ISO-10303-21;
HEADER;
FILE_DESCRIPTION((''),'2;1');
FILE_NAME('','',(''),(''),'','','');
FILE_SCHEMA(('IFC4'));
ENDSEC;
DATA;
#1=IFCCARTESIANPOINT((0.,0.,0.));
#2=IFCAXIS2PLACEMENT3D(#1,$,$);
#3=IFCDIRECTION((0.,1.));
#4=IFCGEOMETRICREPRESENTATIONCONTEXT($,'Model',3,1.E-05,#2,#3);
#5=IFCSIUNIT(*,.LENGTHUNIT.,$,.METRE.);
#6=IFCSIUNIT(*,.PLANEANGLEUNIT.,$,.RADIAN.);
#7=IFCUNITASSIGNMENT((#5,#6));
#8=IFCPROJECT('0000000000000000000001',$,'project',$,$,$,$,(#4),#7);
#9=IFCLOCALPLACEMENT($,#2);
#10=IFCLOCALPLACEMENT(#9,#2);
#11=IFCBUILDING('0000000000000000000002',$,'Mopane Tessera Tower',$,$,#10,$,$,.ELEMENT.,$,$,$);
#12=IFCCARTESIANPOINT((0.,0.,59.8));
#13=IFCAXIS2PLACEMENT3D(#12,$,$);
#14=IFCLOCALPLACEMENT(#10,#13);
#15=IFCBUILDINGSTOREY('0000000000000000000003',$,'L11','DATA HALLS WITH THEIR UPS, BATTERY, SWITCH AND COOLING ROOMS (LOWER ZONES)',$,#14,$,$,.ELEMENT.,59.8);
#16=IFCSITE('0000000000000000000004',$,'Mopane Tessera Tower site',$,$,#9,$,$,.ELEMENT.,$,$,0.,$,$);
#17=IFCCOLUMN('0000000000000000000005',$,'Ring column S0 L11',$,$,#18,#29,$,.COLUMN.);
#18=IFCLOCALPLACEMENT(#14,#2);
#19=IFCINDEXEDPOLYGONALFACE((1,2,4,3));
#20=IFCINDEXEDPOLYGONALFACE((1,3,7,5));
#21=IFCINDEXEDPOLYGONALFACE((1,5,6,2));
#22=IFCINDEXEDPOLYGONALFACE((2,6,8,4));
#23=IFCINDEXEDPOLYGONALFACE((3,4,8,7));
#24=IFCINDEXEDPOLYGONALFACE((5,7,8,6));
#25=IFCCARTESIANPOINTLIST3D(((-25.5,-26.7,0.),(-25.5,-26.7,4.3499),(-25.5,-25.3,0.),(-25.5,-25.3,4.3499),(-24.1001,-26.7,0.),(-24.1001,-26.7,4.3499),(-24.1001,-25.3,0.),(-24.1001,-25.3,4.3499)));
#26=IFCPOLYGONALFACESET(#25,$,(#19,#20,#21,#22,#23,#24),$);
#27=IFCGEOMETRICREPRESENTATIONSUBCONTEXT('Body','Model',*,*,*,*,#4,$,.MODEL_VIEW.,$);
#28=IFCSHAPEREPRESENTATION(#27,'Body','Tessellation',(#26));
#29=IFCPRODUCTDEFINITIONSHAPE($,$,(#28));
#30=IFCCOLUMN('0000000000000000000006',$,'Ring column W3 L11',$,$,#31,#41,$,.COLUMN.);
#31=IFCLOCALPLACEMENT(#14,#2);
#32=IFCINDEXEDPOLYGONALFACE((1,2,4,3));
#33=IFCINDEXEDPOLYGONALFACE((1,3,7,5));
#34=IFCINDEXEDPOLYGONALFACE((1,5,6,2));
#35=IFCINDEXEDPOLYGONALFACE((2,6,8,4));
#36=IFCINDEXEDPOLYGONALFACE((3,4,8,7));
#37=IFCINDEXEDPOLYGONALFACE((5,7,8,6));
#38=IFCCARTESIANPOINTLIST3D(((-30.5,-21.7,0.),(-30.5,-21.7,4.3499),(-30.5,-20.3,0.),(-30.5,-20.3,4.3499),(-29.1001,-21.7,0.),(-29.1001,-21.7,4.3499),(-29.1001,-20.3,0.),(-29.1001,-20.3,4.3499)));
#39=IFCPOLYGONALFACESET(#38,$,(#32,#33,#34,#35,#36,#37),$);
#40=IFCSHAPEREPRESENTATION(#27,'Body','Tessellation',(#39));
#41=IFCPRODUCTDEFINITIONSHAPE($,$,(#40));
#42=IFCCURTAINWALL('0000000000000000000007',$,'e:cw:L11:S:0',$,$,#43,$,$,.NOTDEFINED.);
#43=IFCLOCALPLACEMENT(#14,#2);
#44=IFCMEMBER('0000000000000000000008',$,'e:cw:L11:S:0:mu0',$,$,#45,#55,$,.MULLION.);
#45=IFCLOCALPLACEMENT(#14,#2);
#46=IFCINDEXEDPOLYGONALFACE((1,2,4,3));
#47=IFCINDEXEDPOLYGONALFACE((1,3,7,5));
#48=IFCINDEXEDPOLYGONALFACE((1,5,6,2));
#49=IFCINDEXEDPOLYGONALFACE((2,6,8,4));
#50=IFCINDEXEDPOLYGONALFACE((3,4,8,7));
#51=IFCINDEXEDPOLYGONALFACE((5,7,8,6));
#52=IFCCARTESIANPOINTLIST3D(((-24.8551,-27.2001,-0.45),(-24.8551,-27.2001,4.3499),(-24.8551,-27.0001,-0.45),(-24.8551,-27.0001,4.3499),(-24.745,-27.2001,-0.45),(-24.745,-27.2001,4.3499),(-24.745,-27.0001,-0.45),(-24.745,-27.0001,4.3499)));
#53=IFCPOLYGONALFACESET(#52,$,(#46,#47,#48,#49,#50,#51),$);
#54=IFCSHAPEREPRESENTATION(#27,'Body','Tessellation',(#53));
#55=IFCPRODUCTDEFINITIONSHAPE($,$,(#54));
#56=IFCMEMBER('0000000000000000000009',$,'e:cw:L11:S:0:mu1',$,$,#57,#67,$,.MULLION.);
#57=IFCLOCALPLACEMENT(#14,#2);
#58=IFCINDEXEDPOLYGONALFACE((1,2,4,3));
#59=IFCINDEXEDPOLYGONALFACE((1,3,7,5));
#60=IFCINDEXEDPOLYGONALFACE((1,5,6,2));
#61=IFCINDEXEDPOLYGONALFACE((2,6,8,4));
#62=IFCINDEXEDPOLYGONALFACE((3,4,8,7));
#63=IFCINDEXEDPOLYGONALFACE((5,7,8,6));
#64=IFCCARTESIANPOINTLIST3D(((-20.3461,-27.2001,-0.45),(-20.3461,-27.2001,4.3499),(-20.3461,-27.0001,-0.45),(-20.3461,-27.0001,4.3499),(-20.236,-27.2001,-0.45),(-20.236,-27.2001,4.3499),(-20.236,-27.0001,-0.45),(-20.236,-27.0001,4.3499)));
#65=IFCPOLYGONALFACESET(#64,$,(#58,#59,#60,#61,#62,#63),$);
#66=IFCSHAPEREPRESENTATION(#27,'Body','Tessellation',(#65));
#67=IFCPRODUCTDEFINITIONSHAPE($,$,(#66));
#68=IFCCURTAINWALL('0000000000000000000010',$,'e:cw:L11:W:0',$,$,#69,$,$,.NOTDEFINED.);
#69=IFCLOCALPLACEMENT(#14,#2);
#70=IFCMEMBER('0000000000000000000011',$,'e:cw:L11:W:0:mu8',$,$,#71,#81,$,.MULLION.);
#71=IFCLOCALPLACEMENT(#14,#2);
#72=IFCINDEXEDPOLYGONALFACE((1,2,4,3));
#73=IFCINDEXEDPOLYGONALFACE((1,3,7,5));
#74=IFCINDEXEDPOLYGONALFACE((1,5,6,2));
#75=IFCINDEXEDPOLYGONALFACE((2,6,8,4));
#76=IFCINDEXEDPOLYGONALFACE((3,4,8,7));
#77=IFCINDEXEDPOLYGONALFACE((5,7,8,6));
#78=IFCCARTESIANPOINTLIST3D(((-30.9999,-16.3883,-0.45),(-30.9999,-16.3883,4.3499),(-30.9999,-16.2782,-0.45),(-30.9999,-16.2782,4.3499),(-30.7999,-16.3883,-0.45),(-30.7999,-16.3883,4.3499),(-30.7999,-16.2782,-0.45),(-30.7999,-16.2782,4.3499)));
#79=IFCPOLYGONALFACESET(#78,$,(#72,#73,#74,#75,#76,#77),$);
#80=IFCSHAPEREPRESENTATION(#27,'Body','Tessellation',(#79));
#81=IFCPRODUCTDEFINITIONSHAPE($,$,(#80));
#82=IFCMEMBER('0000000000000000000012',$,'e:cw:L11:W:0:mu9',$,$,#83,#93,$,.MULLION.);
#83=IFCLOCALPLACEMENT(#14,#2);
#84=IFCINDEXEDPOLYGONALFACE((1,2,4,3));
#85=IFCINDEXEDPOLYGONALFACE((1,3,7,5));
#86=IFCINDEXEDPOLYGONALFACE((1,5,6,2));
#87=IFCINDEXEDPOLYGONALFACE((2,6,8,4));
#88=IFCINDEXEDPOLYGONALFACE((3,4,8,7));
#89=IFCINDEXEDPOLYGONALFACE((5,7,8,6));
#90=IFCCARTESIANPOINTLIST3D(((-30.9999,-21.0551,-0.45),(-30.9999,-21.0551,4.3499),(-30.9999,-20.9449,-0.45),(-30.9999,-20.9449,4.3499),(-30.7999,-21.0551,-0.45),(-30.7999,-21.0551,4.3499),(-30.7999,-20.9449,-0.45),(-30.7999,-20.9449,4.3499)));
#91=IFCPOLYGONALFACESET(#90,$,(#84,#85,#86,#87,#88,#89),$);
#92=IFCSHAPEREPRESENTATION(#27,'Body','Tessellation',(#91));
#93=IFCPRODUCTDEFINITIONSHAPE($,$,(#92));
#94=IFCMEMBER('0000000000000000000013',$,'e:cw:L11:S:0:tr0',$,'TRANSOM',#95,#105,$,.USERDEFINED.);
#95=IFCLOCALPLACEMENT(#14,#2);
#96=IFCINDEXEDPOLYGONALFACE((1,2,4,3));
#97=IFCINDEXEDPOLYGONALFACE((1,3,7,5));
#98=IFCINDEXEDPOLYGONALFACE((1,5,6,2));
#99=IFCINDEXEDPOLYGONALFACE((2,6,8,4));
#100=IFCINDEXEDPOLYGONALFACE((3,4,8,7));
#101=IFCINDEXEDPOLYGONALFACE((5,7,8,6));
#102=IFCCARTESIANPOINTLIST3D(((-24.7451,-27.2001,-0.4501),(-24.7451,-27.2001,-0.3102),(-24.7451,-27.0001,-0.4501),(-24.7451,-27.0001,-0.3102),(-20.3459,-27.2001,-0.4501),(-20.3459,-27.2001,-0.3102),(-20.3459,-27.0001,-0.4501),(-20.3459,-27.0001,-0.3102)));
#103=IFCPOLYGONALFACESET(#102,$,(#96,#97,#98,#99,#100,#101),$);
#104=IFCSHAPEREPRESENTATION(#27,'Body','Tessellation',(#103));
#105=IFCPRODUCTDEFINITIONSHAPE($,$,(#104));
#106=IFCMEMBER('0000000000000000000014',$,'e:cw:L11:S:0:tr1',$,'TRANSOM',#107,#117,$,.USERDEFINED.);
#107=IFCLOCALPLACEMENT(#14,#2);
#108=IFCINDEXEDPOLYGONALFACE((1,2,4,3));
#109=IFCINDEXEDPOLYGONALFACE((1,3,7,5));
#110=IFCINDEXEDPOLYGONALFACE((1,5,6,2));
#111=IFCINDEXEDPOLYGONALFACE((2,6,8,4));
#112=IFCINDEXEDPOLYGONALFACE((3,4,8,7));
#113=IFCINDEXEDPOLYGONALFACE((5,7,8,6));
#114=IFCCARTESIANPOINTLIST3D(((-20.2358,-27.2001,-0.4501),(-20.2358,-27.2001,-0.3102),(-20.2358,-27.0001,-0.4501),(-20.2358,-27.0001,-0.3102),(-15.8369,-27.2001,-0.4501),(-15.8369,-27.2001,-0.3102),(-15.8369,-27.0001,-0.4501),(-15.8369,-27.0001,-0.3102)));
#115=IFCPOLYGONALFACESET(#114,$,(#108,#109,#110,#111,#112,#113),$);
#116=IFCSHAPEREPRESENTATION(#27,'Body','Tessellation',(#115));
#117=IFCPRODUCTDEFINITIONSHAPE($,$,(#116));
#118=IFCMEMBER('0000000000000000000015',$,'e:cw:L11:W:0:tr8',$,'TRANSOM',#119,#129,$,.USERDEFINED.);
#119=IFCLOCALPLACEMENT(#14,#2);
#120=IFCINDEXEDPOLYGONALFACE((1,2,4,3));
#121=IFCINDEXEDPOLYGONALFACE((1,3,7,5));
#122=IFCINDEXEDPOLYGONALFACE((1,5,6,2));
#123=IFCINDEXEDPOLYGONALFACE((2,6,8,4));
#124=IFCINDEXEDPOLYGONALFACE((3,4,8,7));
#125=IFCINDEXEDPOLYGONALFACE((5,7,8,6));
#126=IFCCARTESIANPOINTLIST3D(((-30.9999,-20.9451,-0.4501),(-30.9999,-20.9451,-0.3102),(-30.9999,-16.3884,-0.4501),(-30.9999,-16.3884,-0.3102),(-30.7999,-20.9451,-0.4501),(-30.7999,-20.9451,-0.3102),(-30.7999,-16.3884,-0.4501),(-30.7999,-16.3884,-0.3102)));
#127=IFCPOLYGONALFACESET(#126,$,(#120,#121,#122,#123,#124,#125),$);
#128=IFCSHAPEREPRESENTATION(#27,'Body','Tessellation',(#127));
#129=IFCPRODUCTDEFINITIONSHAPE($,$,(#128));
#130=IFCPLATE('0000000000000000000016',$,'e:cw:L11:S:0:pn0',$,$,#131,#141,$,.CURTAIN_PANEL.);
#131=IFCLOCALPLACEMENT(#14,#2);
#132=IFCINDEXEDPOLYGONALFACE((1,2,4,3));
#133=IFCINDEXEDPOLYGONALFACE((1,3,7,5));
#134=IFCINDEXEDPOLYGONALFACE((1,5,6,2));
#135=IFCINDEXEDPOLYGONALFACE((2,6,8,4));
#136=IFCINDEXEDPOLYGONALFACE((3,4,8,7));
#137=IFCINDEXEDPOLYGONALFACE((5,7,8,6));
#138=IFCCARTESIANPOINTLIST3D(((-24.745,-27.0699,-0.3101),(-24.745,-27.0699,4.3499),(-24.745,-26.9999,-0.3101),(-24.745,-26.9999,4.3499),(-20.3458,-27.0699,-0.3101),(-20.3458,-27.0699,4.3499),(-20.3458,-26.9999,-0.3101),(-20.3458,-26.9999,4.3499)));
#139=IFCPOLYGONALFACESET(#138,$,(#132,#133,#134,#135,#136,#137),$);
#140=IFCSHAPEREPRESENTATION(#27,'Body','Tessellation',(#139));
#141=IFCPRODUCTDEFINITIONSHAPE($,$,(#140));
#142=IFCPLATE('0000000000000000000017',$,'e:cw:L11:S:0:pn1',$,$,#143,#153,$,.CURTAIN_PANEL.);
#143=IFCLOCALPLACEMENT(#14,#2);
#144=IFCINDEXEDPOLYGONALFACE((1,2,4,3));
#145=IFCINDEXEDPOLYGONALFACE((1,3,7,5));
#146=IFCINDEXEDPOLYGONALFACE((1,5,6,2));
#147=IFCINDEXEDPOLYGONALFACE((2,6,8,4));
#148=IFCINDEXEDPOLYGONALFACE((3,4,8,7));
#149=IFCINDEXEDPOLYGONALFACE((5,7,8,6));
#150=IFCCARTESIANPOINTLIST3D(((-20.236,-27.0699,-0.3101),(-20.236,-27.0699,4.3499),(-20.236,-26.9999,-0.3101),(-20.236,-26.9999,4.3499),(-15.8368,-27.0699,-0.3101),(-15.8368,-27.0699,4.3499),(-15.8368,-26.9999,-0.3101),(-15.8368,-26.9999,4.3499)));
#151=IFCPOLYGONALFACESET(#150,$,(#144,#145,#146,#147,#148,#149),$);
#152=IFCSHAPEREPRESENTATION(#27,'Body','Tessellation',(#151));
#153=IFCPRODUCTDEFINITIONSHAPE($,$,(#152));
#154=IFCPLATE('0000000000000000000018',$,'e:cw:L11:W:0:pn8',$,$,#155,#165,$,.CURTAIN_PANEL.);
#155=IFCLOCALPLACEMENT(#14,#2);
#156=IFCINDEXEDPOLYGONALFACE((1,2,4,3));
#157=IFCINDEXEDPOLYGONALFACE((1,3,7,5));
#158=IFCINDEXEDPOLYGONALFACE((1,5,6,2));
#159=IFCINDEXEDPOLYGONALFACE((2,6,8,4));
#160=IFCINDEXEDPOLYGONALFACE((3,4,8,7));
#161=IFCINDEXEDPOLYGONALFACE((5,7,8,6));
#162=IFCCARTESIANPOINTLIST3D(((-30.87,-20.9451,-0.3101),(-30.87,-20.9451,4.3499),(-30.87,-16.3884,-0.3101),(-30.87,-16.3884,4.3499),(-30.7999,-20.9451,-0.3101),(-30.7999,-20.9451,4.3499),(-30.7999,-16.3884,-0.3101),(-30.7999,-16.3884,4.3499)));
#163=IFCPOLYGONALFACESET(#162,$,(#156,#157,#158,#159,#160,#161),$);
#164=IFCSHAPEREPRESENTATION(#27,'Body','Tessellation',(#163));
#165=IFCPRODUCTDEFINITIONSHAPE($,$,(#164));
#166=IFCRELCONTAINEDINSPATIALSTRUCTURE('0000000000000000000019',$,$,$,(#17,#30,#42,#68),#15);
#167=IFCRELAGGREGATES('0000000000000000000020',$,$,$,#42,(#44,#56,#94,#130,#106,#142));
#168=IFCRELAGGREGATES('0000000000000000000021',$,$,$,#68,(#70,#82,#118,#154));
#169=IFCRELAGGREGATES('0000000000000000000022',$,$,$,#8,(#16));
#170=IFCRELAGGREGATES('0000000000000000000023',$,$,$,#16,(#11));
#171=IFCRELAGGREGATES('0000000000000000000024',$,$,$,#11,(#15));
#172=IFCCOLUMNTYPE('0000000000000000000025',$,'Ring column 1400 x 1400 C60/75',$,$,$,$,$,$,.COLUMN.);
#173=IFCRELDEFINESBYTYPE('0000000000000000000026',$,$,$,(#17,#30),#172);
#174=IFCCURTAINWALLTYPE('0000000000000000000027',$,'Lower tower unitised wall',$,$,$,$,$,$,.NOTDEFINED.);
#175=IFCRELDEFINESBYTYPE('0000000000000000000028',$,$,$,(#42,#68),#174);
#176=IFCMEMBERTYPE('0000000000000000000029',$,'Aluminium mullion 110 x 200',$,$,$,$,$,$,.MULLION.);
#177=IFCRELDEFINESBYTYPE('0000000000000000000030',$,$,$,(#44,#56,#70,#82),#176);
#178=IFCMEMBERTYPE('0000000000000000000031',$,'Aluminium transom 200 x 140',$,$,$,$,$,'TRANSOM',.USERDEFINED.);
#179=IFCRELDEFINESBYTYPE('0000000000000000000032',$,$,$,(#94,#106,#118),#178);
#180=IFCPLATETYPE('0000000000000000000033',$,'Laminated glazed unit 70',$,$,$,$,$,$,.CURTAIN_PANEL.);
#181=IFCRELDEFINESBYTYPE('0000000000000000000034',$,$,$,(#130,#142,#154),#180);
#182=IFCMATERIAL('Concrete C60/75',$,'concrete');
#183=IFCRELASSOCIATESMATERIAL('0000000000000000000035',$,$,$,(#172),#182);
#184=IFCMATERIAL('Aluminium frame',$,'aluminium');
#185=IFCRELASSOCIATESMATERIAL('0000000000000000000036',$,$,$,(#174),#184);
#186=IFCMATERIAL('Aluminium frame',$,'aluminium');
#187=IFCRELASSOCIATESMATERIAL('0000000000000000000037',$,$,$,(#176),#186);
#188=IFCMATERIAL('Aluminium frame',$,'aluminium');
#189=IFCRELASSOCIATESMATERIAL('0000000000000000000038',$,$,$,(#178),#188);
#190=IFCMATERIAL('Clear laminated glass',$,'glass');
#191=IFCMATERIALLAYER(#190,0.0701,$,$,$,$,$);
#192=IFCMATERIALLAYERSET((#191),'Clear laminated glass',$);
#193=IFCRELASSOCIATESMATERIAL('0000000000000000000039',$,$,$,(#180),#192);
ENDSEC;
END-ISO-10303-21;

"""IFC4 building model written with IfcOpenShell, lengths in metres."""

from ifc_helpers import new_model, si_unit, direction, frame, origin, origin_2d, place, context, subcontext, project, spatial, rectangle, extrude, material, layer, layer_set, material_profile, profile_set, type_object, element, aggregate, save


model = new_model("IFC4")

# Units and contexts
model_context = context("Model", 3, precision=1e-05, world=origin(), true_north=direction((0.0, 1.0)))
body_context = subcontext(model_context, "Body", "Model", "MODEL_VIEW")
ifc_project = project(units=[si_unit("LENGTHUNIT", "METRE"), si_unit("PLANEANGLEUNIT", "RADIAN")], contexts=[model_context])

# Site, building, storey
site_placement = place(None, origin())
site = spatial("IfcSite", under=ifc_project, at=site_placement, Name="Mopane Tessera Tower site", CompositionType="ELEMENT", RefElevation=0.0)
building_placement = place(site_placement, origin())
building = spatial("IfcBuilding", under=site, at=building_placement, Name="Mopane Tessera Tower", CompositionType="ELEMENT")
storey_placement = place(building_placement, frame((0.0, 0.0, 59.8)))
storey = spatial("IfcBuildingStorey", under=building, at=storey_placement, Name="L11", Description="DATA HALLS WITH THEIR UPS, BATTERY, SWITCH AND COOLING ROOMS (LOWER ZONES)", CompositionType="ELEMENT", Elevation=59.8)

# Columns
ifc_material_1 = material(Name="Concrete C60/75", Category="concrete")
ifc_material_profile_1 = material_profile(ifc_material_1, rectangle(XDim=1.3999, YDim=1.3999, at=origin_2d()))
ifc_profile_set_1 = profile_set([ifc_material_profile_1], Name="Concrete C60/75")
column_type = type_object("IfcColumnType", Name="Ring column 1400 x 1400 C60/75", PredefinedType="COLUMN", material=ifc_profile_set_1)
for number, where, z_axis, x_axis, name in (
    (1, (-24.8, -26.0, 0.0), (0.0, 0.0, 1.0), (1.0, 0.0, 0.0), "Ring column S0 L11"),
    (2, (-29.8, -21.0, 0.0), (0.0, 0.0, 1.0), (1.0, 0.0, 0.0), "Ring column W3 L11"),
):
    element("IfcColumn", number, at=place(storey_placement, frame(where, z_axis=z_axis, x_axis=x_axis)), inside=storey, type_object=column_type, Name=name, PredefinedType="COLUMN", context=body_context, shape_type="SweptSolid", body=[
        extrude(rectangle(XDim=1.3999, YDim=1.3999, at=origin_2d()), origin(), (0.0, 0.0, 1.0), 4.3499),
    ])

# Curtain walls, members
ifc_material_2 = material(Name="Aluminium frame", Category="aluminium")
curtain_wall_type = type_object("IfcCurtainWallType", Name="Lower tower unitised wall", PredefinedType="NOTDEFINED", material=ifc_material_2)
curtain_wall_1_placement = place(storey_placement, origin())
curtain_wall_1 = element("IfcCurtainWall", 3, at=curtain_wall_1_placement, inside=storey, type_object=curtain_wall_type, Name="e:cw:L11:S:0", PredefinedType="NOTDEFINED")
ifc_material_3 = material(Name="Aluminium frame", Category="aluminium")
ifc_material_profile_2 = material_profile(ifc_material_3, rectangle(XDim=0.1101, YDim=0.2, at=origin_2d()))
ifc_profile_set_2 = profile_set([ifc_material_profile_2], Name="Aluminium frame")
member_type_1 = type_object("IfcMemberType", Name="Aluminium mullion 110 x 200", PredefinedType="MULLION", material=ifc_profile_set_2)
member_1_placement = place(storey_placement, frame((-24.8, -27.1001, -0.45), z_axis=(0.0, 0.0, 1.0), x_axis=(1.0, 0.0, 0.0)))
member_1 = element("IfcMember", 4, at=member_1_placement, type_object=member_type_1, Name="e:cw:L11:S:0:mu0", PredefinedType="MULLION", context=body_context, shape_type="SweptSolid", body=[
    extrude(rectangle(XDim=0.1101, YDim=0.2, at=origin_2d()), origin(), (0.0, 0.0, 1.0), 4.7998),
])
member_2_placement = place(storey_placement, frame((-20.291, -27.1001, -0.45), z_axis=(0.0, 0.0, 1.0), x_axis=(1.0, 0.0, 0.0)))
member_2 = element("IfcMember", 5, at=member_2_placement, type_object=member_type_1, Name="e:cw:L11:S:0:mu1", PredefinedType="MULLION", context=body_context, shape_type="SweptSolid", body=[
    extrude(rectangle(XDim=0.1101, YDim=0.2, at=origin_2d()), origin(), (0.0, 0.0, 1.0), 4.7998),
])
curtain_wall_2_placement = place(storey_placement, origin())
curtain_wall_2 = element("IfcCurtainWall", 6, at=curtain_wall_2_placement, inside=storey, type_object=curtain_wall_type, Name="e:cw:L11:W:0", PredefinedType="NOTDEFINED")
member_3_placement = place(storey_placement, frame((-30.8999, -16.3333, -0.45), z_axis=(0.0, 0.0, 1.0), x_axis=(0.0, -1.0, 0.0)))
member_3 = element("IfcMember", 7, at=member_3_placement, type_object=member_type_1, Name="e:cw:L11:W:0:mu8", PredefinedType="MULLION", context=body_context, shape_type="SweptSolid", body=[
    extrude(rectangle(XDim=0.1101, YDim=0.2, at=origin_2d()), origin(), (0.0, 0.0, 1.0), 4.7998),
])
member_4_placement = place(storey_placement, frame((-30.8999, -21.0, -0.45), z_axis=(0.0, 0.0, 1.0), x_axis=(0.0, -1.0, 0.0)))
member_4 = element("IfcMember", 8, at=member_4_placement, type_object=member_type_1, Name="e:cw:L11:W:0:mu9", PredefinedType="MULLION", context=body_context, shape_type="SweptSolid", body=[
    extrude(rectangle(XDim=0.1101, YDim=0.2, at=origin_2d()), origin(), (0.0, 0.0, 1.0), 4.7998),
])

# Members
ifc_material_4 = material(Name="Aluminium frame", Category="aluminium")
ifc_material_profile_3 = material_profile(ifc_material_4, rectangle(XDim=0.2, YDim=0.1399, at=origin_2d()))
ifc_profile_set_3 = profile_set([ifc_material_profile_3], Name="Aluminium frame")
member_type_2 = type_object("IfcMemberType", Name="Aluminium transom 200 x 140", ElementType="TRANSOM", PredefinedType="USERDEFINED", material=ifc_profile_set_3)
member_5_placement = place(storey_placement, frame((-24.7451, -27.1001, -0.3801), z_axis=(1.0, 0.0, 0.0), x_axis=(0.0, 1.0, 0.0)))
member_5 = element("IfcMember", 9, at=member_5_placement, type_object=member_type_2, Name="e:cw:L11:S:0:tr0", ObjectType="TRANSOM", PredefinedType="USERDEFINED", context=body_context, shape_type="SweptSolid", body=[
    extrude(rectangle(XDim=0.2, YDim=0.1399, at=origin_2d()), origin(), (0.0, 0.0, 1.0), 4.3992),
])
member_6_placement = place(storey_placement, frame((-20.2358, -27.1001, -0.3801), z_axis=(1.0, 0.0, 0.0), x_axis=(0.0, 1.0, 0.0)))
member_6 = element("IfcMember", 10, at=member_6_placement, type_object=member_type_2, Name="e:cw:L11:S:0:tr1", ObjectType="TRANSOM", PredefinedType="USERDEFINED", context=body_context, shape_type="SweptSolid", body=[
    extrude(rectangle(XDim=0.2, YDim=0.1399, at=origin_2d()), origin(), (0.0, 0.0, 1.0), 4.3989),
])
member_7_placement = place(storey_placement, frame((-30.8999, -16.3884, -0.3801), z_axis=(0.0, -1.0, 0.0), x_axis=(1.0, 0.0, 0.0)))
member_7 = element("IfcMember", 11, at=member_7_placement, type_object=member_type_2, Name="e:cw:L11:W:0:tr8", ObjectType="TRANSOM", PredefinedType="USERDEFINED", context=body_context, shape_type="SweptSolid", body=[
    extrude(rectangle(XDim=0.2, YDim=0.1399, at=origin_2d()), origin(), (0.0, 0.0, 1.0), 4.5566),
])

# Plates
ifc_material_5 = material(Name="Clear laminated glass", Category="glass")
ifc_layer_1 = layer(ifc_material_5, 0.0701)
ifc_layer_set_1 = layer_set([ifc_layer_1], Name="Clear laminated glass")
plate_type = type_object("IfcPlateType", Name="Laminated glazed unit 70", PredefinedType="CURTAIN_PANEL", material=ifc_layer_set_1)
plate_1_placement = place(storey_placement, frame((-22.5454, -27.0349, -0.3101), z_axis=(0.0, 0.0, 1.0), x_axis=(1.0, 0.0, 0.0)))
plate_1 = element("IfcPlate", 12, at=plate_1_placement, type_object=plate_type, Name="e:cw:L11:S:0:pn0", PredefinedType="CURTAIN_PANEL", context=body_context, shape_type="SweptSolid", body=[
    extrude(rectangle(XDim=4.3992, YDim=0.0701, at=origin_2d()), origin(), (0.0, 0.0, 1.0), 4.6599),
])
plate_2_placement = place(storey_placement, frame((-18.0364, -27.0349, -0.3101), z_axis=(0.0, 0.0, 1.0), x_axis=(1.0, 0.0, 0.0)))
plate_2 = element("IfcPlate", 13, at=plate_2_placement, type_object=plate_type, Name="e:cw:L11:S:0:pn1", PredefinedType="CURTAIN_PANEL", context=body_context, shape_type="SweptSolid", body=[
    extrude(rectangle(XDim=4.3992, YDim=0.0701, at=origin_2d()), origin(), (0.0, 0.0, 1.0), 4.6599),
])
aggregate(curtain_wall_1, [member_1, member_2, member_5, plate_1, member_6, plate_2])
plate_3_placement = place(storey_placement, frame((-30.835, -18.6667, -0.3101), z_axis=(0.0, 0.0, 1.0), x_axis=(0.0, -1.0, 0.0)))
plate_3 = element("IfcPlate", 14, at=plate_3_placement, type_object=plate_type, Name="e:cw:L11:W:0:pn8", PredefinedType="CURTAIN_PANEL", context=body_context, shape_type="SweptSolid", body=[
    extrude(rectangle(XDim=4.5566, YDim=0.0701, at=origin_2d()), origin(), (0.0, 0.0, 1.0), 4.6599),
])
aggregate(curtain_wall_2, [member_3, member_4, member_7, plate_3])

save(model, "model.ifc")
